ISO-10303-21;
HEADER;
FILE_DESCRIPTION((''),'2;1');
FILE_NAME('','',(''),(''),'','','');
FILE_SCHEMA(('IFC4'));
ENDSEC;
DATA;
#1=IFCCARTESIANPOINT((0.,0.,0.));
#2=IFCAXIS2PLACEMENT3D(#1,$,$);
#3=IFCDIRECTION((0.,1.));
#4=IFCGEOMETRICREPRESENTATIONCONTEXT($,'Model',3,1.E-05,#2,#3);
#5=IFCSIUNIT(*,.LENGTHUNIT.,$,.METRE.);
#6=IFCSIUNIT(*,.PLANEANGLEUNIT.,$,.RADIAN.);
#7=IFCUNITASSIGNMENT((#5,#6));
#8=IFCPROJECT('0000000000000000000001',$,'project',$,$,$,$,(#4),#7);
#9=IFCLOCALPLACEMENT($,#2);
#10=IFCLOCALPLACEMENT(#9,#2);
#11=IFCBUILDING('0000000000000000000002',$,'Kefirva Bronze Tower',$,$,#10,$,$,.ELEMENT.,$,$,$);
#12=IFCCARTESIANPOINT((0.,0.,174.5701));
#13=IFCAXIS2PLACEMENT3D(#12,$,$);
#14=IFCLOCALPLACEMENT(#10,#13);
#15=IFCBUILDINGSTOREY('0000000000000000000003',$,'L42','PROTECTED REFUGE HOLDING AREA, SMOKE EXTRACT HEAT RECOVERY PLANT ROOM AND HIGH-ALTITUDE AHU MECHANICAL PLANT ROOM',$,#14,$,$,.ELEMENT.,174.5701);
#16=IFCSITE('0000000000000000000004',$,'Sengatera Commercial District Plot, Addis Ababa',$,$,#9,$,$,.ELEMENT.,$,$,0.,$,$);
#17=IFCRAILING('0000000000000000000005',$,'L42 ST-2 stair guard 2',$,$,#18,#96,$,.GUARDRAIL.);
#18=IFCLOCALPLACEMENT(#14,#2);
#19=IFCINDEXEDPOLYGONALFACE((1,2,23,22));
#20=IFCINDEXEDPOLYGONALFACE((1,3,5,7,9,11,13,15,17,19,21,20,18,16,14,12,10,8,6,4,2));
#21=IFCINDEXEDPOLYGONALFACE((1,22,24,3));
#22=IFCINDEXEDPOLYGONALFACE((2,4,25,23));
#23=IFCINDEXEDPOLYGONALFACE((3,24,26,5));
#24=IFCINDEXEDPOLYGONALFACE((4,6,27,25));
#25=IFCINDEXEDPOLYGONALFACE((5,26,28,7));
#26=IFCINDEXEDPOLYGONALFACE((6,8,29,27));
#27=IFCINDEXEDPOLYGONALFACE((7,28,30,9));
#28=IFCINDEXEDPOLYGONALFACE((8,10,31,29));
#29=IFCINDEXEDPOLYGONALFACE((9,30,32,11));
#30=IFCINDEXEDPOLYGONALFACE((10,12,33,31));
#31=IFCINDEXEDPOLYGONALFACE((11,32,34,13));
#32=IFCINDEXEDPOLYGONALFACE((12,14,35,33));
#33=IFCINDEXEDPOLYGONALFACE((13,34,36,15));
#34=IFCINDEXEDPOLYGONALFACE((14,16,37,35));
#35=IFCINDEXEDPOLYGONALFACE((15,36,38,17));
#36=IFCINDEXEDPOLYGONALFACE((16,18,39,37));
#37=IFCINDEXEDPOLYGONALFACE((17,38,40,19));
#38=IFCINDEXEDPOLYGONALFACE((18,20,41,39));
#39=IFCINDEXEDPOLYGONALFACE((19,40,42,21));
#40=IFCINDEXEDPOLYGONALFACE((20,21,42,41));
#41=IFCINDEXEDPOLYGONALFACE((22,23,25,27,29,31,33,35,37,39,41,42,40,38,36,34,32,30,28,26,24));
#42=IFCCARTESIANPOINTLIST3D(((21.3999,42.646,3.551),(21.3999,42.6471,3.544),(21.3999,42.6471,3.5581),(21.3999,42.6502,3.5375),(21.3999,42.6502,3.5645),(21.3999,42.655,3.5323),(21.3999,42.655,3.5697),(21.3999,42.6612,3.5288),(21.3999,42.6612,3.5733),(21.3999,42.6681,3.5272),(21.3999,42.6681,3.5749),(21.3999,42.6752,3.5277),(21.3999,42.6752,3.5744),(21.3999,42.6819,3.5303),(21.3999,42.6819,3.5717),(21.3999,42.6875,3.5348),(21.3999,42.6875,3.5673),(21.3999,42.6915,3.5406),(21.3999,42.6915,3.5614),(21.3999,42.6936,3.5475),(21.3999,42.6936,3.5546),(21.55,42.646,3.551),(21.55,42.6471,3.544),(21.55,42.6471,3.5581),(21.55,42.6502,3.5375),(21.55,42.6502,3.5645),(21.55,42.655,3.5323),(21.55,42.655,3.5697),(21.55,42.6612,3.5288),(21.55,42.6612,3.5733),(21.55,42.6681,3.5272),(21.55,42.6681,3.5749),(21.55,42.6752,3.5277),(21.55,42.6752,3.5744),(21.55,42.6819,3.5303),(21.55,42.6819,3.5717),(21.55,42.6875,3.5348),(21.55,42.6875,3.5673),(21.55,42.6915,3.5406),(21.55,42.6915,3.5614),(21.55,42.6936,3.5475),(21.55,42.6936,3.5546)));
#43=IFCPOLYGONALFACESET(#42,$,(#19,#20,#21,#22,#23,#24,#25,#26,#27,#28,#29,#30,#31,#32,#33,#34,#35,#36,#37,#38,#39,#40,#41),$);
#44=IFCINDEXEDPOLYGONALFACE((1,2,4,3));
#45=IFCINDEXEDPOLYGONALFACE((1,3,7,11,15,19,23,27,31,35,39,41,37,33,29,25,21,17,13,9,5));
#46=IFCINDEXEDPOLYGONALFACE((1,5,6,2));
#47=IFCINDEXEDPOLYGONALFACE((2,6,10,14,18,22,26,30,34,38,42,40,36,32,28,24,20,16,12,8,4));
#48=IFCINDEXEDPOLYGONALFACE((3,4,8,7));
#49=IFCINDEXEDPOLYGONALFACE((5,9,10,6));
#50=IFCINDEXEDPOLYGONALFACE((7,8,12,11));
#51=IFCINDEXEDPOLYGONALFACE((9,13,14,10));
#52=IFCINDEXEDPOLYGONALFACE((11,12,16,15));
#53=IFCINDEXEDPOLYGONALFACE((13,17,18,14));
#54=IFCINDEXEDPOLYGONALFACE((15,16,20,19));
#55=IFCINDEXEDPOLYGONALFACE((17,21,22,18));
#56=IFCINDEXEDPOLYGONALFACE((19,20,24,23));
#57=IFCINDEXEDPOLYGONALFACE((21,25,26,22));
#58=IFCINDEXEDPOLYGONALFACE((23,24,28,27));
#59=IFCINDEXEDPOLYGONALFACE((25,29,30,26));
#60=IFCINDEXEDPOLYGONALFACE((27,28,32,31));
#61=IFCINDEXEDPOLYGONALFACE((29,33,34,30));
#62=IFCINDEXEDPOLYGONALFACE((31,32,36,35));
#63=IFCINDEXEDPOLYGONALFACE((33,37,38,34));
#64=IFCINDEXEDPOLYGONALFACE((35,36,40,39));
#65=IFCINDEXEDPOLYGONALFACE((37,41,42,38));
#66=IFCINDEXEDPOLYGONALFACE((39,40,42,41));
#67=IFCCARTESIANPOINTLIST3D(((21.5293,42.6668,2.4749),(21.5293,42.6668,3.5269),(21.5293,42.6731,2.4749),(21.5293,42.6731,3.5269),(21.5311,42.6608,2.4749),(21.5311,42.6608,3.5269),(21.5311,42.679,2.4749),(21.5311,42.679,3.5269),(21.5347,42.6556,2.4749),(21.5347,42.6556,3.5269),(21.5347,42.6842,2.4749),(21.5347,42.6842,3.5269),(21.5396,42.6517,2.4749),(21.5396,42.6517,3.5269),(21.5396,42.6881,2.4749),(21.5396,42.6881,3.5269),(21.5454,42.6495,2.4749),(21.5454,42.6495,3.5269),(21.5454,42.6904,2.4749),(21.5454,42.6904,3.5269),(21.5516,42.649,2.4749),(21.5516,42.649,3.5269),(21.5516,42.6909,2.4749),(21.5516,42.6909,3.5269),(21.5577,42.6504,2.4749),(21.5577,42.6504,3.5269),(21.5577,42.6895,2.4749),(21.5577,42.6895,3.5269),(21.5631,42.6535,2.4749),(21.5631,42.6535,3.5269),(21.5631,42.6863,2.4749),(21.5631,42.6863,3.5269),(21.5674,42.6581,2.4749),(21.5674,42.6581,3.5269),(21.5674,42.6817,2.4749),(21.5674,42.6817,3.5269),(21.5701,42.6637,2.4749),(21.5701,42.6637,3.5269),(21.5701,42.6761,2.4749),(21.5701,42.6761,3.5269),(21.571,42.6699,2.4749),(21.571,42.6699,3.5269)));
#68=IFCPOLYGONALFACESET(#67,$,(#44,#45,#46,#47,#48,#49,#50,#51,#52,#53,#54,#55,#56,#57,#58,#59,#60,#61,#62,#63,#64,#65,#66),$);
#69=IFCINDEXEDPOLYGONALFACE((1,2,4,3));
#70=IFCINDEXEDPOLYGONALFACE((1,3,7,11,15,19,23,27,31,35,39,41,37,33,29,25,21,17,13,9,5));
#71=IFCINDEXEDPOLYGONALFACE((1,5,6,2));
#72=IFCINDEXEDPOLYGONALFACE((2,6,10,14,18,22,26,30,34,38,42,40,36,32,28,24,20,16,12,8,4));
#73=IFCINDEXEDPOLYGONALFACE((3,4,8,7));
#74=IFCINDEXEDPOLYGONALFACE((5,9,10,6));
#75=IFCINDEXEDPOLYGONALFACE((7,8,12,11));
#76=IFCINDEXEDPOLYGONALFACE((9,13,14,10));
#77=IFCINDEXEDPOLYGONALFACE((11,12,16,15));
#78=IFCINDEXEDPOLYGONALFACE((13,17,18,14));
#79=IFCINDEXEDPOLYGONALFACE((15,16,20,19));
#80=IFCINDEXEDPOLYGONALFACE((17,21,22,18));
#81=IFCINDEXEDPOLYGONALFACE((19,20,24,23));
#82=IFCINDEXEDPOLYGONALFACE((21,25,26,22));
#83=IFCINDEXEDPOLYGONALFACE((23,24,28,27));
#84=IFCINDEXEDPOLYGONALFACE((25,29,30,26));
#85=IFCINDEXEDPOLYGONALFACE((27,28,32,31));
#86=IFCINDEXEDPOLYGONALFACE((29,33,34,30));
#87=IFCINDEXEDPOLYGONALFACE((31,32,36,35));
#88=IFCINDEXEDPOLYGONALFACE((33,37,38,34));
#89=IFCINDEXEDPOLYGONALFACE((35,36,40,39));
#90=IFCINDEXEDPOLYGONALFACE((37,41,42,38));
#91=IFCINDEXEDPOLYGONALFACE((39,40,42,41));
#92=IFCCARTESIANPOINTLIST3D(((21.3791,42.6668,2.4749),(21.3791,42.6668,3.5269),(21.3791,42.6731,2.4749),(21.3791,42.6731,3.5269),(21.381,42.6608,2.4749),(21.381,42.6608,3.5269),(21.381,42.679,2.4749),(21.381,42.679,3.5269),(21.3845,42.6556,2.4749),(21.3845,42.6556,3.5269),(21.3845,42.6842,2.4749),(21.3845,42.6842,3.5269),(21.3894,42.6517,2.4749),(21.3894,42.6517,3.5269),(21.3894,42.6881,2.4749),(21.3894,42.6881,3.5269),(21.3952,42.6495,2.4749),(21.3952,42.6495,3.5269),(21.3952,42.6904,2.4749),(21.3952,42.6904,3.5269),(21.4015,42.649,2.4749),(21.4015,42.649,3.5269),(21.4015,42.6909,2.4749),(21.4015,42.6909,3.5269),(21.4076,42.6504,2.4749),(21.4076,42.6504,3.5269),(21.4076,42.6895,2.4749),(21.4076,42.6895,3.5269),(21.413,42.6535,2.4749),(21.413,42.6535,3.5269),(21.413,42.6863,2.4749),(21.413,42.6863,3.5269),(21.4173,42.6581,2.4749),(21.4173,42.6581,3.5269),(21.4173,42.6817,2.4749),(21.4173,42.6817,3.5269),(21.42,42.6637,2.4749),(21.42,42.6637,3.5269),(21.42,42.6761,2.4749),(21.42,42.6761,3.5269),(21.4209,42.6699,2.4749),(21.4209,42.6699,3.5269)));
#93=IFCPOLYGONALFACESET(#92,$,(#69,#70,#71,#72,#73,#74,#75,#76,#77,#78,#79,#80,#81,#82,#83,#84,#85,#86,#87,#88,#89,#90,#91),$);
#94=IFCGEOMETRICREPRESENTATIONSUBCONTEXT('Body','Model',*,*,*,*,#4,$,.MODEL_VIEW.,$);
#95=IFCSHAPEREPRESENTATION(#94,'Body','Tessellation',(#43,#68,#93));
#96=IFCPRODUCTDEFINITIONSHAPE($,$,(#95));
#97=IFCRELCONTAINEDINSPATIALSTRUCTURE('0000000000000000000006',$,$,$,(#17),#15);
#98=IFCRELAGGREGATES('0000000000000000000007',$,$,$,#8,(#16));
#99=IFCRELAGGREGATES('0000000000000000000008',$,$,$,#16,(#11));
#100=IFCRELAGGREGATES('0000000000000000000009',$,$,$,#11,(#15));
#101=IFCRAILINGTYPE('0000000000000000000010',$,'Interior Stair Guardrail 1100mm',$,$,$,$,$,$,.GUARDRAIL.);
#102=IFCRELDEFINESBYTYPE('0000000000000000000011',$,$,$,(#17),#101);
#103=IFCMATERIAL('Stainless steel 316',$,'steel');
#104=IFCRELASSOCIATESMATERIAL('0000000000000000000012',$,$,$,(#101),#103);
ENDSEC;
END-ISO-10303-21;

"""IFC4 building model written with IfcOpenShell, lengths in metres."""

from ifc_helpers import new_model, si_unit, direction, frame, origin, origin_2d, place, context, subcontext, project, spatial, circle, extrude, material, type_object, element, save


model = new_model("IFC4")

# Units and contexts
model_context = context("Model", 3, precision=1e-05, world=origin(), true_north=direction((0.0, 1.0)))
body_context = subcontext(model_context, "Body", "Model", "MODEL_VIEW")
ifc_project = project(units=[si_unit("LENGTHUNIT", "METRE"), si_unit("PLANEANGLEUNIT", "RADIAN")], contexts=[model_context])

# Site, building, storey
site_placement = place(None, origin())
site = spatial("IfcSite", under=ifc_project, at=site_placement, Name="Sengatera Commercial District Plot, Addis Ababa", CompositionType="ELEMENT", RefElevation=0.0)
building_placement = place(site_placement, origin())
building = spatial("IfcBuilding", under=site, at=building_placement, Name="Kefirva Bronze Tower", CompositionType="ELEMENT")
storey_placement = place(building_placement, frame((0.0, 0.0, 174.5701)))
storey = spatial("IfcBuildingStorey", under=building, at=storey_placement, Name="L42", Description="PROTECTED REFUGE HOLDING AREA, SMOKE EXTRACT HEAT RECOVERY PLANT ROOM AND HIGH-ALTITUDE AHU MECHANICAL PLANT ROOM", CompositionType="ELEMENT", Elevation=174.5701)

# Railing
ifc_material_1 = material(Name="Stainless steel 316", Category="steel")
railing_type_1 = type_object("IfcRailingType", Name="Interior Stair Guardrail 1100mm", PredefinedType="GUARDRAIL", material=ifc_material_1)
railing_1_placement = place(storey_placement, frame((21.55, 42.6699, 2.4749)))
element("IfcRailing", 1, at=railing_1_placement, inside=storey, type_object=railing_type_1, Name="L42 ST-2 stair guard 2", PredefinedType="GUARDRAIL", context=body_context, shape_type="SweptSolid", body=[
    extrude(circle(Radius=0.0239, at=origin_2d()), frame((0.0, 0.0, 1.0762), z_axis=(-1.0, 0.0, 0.0), x_axis=(0.0, -1.0, 0.0)), (0.0, 0.0, 1.0), 0.1501),
    extrude(circle(Radius=0.021, at=origin_2d()), origin(), (0.0, 0.0, 1.0), 1.052),
    extrude(circle(Radius=0.021, at=origin_2d()), frame((-0.1501, 0.0, 0.0)), (0.0, 0.0, 1.0), 1.052),
])

save(model, "model.ifc")
